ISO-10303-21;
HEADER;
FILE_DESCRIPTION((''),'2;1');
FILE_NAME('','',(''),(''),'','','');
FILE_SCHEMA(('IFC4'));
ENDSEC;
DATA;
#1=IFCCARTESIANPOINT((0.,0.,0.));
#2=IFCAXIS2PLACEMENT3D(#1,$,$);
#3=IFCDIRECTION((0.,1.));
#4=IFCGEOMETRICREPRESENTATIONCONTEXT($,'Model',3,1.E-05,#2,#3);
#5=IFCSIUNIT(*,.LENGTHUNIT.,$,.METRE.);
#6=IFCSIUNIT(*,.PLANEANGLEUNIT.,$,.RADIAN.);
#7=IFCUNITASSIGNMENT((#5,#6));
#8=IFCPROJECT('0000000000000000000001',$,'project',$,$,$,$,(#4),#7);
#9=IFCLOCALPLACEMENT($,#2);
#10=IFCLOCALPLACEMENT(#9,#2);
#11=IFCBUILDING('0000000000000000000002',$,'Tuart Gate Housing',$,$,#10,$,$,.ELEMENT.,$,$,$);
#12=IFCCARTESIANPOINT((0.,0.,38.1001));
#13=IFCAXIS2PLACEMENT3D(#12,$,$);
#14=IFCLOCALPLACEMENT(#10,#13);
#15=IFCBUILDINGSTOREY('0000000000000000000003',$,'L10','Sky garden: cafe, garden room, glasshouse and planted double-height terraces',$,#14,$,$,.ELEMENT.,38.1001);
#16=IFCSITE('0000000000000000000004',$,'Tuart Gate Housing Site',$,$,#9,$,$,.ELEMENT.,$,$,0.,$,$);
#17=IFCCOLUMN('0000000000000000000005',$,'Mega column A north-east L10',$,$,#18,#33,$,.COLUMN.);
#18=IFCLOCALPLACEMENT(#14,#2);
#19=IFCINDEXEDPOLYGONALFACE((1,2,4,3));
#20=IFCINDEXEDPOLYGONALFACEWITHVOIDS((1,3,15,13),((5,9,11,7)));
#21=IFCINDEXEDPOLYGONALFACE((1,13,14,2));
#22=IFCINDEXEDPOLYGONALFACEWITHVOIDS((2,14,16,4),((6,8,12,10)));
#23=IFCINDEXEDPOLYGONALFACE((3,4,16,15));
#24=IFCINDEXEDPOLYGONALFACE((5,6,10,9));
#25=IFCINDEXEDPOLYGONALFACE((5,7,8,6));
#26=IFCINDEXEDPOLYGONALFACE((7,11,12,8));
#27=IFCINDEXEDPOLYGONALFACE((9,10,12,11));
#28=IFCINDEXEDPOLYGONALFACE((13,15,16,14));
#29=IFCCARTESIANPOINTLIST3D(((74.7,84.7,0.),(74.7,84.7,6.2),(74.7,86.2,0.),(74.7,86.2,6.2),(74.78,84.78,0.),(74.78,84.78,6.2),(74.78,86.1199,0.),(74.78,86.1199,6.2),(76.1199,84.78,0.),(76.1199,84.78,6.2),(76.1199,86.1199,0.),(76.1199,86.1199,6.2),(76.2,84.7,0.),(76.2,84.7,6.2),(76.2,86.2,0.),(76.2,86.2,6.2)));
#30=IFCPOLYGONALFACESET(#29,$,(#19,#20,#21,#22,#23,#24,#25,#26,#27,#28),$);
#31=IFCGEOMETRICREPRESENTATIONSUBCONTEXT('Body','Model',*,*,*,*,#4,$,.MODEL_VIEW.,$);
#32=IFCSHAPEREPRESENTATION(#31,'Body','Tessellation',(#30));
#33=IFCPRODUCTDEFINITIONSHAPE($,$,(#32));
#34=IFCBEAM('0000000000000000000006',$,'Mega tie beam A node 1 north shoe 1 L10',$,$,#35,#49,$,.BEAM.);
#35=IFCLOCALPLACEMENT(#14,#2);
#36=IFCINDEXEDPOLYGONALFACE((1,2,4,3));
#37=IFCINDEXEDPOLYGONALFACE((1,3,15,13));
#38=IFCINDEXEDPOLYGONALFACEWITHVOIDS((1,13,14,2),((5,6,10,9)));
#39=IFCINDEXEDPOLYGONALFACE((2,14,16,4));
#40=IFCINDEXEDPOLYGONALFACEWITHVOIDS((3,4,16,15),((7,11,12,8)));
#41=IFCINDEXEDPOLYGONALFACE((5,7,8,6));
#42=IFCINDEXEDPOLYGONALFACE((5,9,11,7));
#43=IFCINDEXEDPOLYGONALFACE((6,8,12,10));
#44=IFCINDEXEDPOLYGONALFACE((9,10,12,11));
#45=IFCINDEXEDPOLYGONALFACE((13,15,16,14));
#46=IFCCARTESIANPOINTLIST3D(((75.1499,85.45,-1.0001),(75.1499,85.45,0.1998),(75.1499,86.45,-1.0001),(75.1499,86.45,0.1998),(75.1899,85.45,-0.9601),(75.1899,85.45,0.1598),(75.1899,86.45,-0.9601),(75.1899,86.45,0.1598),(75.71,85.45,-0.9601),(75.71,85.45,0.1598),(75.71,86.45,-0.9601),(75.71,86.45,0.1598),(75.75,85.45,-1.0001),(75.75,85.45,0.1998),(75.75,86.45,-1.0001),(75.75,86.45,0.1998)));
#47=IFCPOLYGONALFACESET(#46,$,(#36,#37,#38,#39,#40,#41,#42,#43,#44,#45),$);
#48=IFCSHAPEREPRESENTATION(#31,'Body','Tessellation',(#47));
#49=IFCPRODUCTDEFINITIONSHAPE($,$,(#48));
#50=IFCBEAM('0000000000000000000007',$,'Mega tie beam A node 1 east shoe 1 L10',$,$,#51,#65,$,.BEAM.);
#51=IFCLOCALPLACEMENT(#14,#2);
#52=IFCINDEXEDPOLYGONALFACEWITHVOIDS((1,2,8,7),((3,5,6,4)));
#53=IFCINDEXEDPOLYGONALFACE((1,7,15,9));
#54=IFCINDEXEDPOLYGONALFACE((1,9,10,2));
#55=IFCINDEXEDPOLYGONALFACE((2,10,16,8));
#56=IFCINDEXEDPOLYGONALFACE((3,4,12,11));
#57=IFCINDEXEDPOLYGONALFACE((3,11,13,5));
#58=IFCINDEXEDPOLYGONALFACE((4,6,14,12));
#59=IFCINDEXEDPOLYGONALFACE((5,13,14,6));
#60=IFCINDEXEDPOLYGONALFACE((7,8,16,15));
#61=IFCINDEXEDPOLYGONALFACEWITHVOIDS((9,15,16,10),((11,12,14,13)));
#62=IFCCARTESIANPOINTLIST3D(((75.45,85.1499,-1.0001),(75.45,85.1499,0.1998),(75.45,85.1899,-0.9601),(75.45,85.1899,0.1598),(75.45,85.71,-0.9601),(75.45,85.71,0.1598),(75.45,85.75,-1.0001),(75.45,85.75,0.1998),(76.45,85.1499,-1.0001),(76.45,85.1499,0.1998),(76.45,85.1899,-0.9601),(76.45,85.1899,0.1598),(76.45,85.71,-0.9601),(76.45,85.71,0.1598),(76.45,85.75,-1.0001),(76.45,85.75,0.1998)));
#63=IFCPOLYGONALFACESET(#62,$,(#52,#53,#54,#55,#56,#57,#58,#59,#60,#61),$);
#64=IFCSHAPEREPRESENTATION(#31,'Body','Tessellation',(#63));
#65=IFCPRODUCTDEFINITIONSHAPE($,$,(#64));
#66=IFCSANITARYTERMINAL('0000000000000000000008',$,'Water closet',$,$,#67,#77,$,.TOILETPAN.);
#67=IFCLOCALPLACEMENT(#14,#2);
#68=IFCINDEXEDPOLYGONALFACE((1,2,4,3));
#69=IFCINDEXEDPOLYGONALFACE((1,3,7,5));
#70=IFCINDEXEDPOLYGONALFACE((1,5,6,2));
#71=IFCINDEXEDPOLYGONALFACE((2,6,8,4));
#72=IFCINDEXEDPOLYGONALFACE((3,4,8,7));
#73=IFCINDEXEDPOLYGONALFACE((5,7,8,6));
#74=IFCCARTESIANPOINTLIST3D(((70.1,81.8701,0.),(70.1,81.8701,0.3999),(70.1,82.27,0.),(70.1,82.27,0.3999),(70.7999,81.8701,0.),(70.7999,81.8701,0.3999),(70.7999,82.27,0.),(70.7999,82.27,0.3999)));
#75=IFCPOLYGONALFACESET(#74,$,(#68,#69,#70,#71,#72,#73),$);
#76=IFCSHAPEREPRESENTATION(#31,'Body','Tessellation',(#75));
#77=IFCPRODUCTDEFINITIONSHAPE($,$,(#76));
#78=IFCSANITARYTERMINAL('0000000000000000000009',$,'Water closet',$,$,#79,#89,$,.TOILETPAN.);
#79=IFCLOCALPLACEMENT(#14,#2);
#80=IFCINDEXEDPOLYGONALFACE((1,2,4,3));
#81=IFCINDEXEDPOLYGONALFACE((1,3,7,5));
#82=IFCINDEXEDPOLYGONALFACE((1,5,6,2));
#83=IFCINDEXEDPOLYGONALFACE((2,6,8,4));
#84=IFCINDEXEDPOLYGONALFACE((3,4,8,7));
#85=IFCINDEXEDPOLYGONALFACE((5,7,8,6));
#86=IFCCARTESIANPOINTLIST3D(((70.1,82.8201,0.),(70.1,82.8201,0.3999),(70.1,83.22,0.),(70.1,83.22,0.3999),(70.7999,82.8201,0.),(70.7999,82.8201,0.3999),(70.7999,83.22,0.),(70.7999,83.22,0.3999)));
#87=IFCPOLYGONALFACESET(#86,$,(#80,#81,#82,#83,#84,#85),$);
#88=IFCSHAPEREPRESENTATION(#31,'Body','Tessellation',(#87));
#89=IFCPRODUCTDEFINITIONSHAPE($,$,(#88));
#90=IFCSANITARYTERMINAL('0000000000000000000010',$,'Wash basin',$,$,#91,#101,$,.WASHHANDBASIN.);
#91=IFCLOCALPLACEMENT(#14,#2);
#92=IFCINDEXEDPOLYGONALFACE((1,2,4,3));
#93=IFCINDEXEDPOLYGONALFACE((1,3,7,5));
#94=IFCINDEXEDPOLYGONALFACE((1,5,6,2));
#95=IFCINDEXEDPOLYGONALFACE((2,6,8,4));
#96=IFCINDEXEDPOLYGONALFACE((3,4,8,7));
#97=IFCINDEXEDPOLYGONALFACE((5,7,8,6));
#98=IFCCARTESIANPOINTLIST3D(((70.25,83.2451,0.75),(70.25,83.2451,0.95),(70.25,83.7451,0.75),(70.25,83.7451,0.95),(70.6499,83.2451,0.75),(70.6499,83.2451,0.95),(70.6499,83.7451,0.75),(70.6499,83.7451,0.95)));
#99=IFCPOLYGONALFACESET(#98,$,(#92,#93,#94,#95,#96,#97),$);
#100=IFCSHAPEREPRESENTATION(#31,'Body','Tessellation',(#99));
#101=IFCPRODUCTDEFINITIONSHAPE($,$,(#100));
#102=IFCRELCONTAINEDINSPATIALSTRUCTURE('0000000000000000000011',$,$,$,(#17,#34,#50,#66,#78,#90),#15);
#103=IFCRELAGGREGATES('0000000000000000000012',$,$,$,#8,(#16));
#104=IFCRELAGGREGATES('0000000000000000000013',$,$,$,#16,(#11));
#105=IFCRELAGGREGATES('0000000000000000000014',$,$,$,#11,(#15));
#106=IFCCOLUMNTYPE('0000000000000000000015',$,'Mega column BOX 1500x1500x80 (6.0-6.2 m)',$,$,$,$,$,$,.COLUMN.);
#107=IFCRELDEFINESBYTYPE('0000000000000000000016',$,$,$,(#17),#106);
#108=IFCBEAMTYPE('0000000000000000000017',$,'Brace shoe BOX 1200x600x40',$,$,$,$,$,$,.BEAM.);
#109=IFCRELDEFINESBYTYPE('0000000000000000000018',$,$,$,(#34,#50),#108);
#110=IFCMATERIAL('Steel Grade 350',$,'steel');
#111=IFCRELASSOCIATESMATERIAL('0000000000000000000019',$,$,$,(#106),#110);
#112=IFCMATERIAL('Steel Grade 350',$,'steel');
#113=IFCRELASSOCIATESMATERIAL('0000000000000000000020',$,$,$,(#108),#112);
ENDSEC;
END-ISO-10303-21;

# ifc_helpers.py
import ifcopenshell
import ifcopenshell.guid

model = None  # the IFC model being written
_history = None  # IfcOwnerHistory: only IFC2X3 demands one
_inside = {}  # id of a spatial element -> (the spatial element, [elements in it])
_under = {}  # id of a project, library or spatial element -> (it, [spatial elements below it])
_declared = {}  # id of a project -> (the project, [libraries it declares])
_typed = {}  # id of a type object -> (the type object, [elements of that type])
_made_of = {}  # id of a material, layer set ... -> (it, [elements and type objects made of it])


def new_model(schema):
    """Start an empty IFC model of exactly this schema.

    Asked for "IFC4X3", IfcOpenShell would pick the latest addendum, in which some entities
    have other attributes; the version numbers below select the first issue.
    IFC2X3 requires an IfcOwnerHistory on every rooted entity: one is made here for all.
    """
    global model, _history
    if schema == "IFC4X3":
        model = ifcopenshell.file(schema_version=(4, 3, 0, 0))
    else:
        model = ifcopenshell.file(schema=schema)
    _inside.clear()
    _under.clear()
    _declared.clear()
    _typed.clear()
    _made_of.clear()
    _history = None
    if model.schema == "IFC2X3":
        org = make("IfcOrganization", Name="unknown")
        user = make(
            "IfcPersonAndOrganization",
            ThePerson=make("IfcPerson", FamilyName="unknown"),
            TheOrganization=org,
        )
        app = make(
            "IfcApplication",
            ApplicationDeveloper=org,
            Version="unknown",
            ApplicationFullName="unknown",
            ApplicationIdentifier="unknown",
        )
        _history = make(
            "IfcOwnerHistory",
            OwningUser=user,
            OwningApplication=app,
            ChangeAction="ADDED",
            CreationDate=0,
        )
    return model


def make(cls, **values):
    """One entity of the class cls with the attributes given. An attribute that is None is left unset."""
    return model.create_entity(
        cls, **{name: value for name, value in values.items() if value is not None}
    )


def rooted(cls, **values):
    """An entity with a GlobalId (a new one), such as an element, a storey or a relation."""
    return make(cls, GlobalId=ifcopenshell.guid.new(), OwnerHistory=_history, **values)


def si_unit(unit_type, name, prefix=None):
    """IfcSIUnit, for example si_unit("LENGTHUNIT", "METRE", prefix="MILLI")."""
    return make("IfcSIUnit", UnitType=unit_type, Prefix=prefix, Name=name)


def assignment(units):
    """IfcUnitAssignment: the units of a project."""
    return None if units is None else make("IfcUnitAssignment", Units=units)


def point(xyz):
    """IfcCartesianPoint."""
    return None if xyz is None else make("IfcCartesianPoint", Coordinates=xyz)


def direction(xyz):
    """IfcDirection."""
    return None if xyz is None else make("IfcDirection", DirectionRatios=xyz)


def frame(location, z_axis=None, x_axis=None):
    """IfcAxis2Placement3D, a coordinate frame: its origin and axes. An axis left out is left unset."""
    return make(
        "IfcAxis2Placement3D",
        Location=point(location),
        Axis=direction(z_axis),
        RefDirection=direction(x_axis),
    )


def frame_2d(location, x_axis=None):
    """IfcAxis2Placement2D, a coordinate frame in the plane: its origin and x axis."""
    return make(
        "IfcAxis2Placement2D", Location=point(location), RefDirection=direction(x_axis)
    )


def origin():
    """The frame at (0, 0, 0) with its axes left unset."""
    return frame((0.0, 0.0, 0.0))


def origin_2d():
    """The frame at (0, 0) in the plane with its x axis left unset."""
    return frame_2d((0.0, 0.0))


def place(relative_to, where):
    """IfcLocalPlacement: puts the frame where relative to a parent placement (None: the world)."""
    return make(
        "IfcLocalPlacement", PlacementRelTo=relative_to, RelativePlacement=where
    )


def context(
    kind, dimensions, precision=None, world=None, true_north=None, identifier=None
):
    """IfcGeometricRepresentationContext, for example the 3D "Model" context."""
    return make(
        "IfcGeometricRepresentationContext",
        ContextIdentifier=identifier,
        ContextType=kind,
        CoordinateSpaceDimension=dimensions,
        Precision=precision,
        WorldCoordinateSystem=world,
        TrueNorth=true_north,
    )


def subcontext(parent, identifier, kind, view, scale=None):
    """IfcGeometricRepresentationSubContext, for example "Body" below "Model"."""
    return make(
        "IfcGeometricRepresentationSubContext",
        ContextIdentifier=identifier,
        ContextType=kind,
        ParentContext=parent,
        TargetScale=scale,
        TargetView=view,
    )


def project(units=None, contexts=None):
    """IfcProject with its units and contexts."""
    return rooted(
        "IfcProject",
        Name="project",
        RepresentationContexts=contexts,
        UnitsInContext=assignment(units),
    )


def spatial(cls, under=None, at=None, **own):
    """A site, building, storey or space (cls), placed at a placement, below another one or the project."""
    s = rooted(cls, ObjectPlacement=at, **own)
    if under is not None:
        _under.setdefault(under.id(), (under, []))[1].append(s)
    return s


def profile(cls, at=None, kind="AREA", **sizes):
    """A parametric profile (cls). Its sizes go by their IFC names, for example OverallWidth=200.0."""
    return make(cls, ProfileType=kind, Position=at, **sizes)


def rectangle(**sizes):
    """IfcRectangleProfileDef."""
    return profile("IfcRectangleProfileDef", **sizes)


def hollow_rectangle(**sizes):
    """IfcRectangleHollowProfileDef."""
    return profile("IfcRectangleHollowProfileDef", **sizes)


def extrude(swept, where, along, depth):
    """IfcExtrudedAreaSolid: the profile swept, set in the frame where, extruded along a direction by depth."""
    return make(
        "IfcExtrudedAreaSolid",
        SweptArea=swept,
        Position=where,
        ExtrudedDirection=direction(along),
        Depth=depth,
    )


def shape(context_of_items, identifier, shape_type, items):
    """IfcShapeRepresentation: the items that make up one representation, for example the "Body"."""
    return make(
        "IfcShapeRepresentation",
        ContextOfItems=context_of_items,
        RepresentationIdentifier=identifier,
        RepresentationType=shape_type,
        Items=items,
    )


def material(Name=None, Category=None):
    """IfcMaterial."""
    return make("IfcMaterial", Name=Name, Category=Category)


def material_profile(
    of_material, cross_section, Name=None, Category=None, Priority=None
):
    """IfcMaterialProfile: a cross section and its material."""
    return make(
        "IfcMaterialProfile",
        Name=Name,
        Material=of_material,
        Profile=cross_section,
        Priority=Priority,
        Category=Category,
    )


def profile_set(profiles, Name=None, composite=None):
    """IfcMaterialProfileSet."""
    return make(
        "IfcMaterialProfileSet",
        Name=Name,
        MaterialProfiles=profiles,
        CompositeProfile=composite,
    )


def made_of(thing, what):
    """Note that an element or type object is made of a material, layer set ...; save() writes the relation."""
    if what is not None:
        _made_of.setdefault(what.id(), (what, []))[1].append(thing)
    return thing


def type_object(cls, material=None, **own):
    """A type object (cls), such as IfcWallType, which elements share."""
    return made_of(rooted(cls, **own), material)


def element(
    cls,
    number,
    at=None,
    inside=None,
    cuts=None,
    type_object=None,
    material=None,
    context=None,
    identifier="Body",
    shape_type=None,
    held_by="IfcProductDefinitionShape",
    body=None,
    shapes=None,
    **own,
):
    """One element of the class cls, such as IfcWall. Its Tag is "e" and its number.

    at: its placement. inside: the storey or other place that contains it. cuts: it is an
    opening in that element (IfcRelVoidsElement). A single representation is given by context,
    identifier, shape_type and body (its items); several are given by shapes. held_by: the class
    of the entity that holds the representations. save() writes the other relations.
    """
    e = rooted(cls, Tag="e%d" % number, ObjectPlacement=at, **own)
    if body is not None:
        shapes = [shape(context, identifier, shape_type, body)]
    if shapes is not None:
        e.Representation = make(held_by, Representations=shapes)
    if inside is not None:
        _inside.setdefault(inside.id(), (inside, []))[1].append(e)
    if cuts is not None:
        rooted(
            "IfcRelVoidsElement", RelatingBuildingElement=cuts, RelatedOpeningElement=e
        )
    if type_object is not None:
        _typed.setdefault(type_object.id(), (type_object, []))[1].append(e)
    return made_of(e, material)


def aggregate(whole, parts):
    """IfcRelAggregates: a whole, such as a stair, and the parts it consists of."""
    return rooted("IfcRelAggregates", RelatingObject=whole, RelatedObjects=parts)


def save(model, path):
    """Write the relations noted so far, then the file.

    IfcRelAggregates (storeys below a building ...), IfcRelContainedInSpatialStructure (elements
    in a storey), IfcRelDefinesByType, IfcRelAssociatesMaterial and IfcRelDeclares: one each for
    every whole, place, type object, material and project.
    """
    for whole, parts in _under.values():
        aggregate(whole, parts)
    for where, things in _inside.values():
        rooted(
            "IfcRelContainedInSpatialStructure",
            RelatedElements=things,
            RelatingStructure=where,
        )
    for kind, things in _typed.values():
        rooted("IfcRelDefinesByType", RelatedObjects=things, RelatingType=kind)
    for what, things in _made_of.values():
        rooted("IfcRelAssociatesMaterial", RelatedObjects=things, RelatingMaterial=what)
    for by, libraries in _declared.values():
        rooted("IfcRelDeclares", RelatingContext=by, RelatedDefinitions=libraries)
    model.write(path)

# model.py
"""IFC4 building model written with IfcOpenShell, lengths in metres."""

from ifc_helpers import new_model, si_unit, direction, frame, origin, origin_2d, place, context, subcontext, project, spatial, rectangle, hollow_rectangle, extrude, material, material_profile, profile_set, type_object, element, save


model = new_model("IFC4")

# Units and contexts
model_context = context("Model", 3, precision=1e-05, world=origin(), true_north=direction((0.0, 1.0)))
body_context = subcontext(model_context, "Body", "Model", "MODEL_VIEW")
ifc_project = project(units=[si_unit("LENGTHUNIT", "METRE"), si_unit("PLANEANGLEUNIT", "RADIAN")], contexts=[model_context])

# Site, building, storey
site_placement = place(None, origin())
site = spatial("IfcSite", under=ifc_project, at=site_placement, Name="Tuart Gate Housing Site", CompositionType="ELEMENT", RefElevation=0.0)
building_placement = place(site_placement, origin())
building = spatial("IfcBuilding", under=site, at=building_placement, Name="Tuart Gate Housing", CompositionType="ELEMENT")
storey_placement = place(building_placement, frame((0.0, 0.0, 38.1001)))
storey = spatial("IfcBuildingStorey", under=building, at=storey_placement, Name="L10", Description="Sky garden: cafe, garden room, glasshouse and planted double-height terraces", CompositionType="ELEMENT", Elevation=38.1001)

# Column
ifc_material_1 = material(Name="Steel Grade 350", Category="steel")
ifc_material_profile_1 = material_profile(ifc_material_1, hollow_rectangle(XDim=1.5, YDim=1.5, WallThickness=0.0801, at=origin_2d()), Name="BOX 1500x1500x80")
ifc_profile_set_1 = profile_set([ifc_material_profile_1], Name="Steel Grade 350")
column_type = type_object("IfcColumnType", Name="Mega column BOX 1500x1500x80 (6.0-6.2 m)", PredefinedType="COLUMN", material=ifc_profile_set_1)
column_placement = place(storey_placement, frame((75.45, 85.45, 0.0), z_axis=(0.0, 0.0, 1.0), x_axis=(1.0, 0.0, 0.0)))
element("IfcColumn", 1, at=column_placement, inside=storey, type_object=column_type, Name="Mega column A north-east L10", PredefinedType="COLUMN", context=body_context, shape_type="SweptSolid", body=[
    extrude(hollow_rectangle(XDim=1.5, YDim=1.5, WallThickness=0.0801, at=origin_2d()), origin(), (0.0, 0.0, 1.0), 6.2),
])

# Beams
ifc_material_2 = material(Name="Steel Grade 350", Category="steel")
ifc_material_profile_2 = material_profile(ifc_material_2, hollow_rectangle(XDim=0.6001, YDim=1.2, WallThickness=0.04, at=origin_2d()), Name="BOX 1200x600x40")
ifc_profile_set_2 = profile_set([ifc_material_profile_2], Name="Steel Grade 350")
beam_type = type_object("IfcBeamType", Name="Brace shoe BOX 1200x600x40", PredefinedType="BEAM", material=ifc_profile_set_2)
for number, where, z_axis, x_axis, name in (
    (2, (75.45, 85.45, -0.4001), (0.0, 1.0, 0.0), (-1.0, 0.0, 0.0), "Mega tie beam A node 1 north shoe 1 L10"),
    (3, (75.45, 85.45, -0.4001), (1.0, 0.0, 0.0), (0.0, 1.0, 0.0), "Mega tie beam A node 1 east shoe 1 L10"),
):
    element("IfcBeam", number, at=place(storey_placement, frame(where, z_axis=z_axis, x_axis=x_axis)), inside=storey, type_object=beam_type, Name=name, PredefinedType="BEAM", context=body_context, shape_type="SweptSolid", body=[
        extrude(hollow_rectangle(XDim=0.6001, YDim=1.2, WallThickness=0.04, at=origin_2d()), origin(), (0.0, 0.0, 1.0), 1.0),
    ])

# Sanitary terminals
for number, where, z_axis, x_axis, name in (
    (4, (70.45, 82.0701, 0.0), (0.0, 0.0, 1.0), (1.0, 0.0, 0.0), "Water closet"),
    (5, (70.45, 83.02, 0.0), (0.0, 0.0, 1.0), (1.0, 0.0, 0.0), "Water closet"),
):
    element("IfcSanitaryTerminal", number, at=place(storey_placement, frame(where, z_axis=z_axis, x_axis=x_axis)), inside=storey, Name=name, PredefinedType="TOILETPAN", context=body_context, shape_type="SweptSolid", body=[
        extrude(rectangle(XDim=0.7, YDim=0.3999, at=origin_2d()), origin(), (0.0, 0.0, 1.0), 0.3999),
    ])
sanitary_terminal_placement = place(storey_placement, frame((70.45, 83.4951, 0.75), z_axis=(0.0, 0.0, 1.0), x_axis=(1.0, 0.0, 0.0)))
element("IfcSanitaryTerminal", 6, at=sanitary_terminal_placement, inside=storey, Name="Wash basin", PredefinedType="WASHHANDBASIN", context=body_context, shape_type="SweptSolid", body=[
    extrude(rectangle(XDim=0.3999, YDim=0.5, at=origin_2d()), origin(), (0.0, 0.0, 1.0), 0.2),
])

save(model, "model.ifc")
